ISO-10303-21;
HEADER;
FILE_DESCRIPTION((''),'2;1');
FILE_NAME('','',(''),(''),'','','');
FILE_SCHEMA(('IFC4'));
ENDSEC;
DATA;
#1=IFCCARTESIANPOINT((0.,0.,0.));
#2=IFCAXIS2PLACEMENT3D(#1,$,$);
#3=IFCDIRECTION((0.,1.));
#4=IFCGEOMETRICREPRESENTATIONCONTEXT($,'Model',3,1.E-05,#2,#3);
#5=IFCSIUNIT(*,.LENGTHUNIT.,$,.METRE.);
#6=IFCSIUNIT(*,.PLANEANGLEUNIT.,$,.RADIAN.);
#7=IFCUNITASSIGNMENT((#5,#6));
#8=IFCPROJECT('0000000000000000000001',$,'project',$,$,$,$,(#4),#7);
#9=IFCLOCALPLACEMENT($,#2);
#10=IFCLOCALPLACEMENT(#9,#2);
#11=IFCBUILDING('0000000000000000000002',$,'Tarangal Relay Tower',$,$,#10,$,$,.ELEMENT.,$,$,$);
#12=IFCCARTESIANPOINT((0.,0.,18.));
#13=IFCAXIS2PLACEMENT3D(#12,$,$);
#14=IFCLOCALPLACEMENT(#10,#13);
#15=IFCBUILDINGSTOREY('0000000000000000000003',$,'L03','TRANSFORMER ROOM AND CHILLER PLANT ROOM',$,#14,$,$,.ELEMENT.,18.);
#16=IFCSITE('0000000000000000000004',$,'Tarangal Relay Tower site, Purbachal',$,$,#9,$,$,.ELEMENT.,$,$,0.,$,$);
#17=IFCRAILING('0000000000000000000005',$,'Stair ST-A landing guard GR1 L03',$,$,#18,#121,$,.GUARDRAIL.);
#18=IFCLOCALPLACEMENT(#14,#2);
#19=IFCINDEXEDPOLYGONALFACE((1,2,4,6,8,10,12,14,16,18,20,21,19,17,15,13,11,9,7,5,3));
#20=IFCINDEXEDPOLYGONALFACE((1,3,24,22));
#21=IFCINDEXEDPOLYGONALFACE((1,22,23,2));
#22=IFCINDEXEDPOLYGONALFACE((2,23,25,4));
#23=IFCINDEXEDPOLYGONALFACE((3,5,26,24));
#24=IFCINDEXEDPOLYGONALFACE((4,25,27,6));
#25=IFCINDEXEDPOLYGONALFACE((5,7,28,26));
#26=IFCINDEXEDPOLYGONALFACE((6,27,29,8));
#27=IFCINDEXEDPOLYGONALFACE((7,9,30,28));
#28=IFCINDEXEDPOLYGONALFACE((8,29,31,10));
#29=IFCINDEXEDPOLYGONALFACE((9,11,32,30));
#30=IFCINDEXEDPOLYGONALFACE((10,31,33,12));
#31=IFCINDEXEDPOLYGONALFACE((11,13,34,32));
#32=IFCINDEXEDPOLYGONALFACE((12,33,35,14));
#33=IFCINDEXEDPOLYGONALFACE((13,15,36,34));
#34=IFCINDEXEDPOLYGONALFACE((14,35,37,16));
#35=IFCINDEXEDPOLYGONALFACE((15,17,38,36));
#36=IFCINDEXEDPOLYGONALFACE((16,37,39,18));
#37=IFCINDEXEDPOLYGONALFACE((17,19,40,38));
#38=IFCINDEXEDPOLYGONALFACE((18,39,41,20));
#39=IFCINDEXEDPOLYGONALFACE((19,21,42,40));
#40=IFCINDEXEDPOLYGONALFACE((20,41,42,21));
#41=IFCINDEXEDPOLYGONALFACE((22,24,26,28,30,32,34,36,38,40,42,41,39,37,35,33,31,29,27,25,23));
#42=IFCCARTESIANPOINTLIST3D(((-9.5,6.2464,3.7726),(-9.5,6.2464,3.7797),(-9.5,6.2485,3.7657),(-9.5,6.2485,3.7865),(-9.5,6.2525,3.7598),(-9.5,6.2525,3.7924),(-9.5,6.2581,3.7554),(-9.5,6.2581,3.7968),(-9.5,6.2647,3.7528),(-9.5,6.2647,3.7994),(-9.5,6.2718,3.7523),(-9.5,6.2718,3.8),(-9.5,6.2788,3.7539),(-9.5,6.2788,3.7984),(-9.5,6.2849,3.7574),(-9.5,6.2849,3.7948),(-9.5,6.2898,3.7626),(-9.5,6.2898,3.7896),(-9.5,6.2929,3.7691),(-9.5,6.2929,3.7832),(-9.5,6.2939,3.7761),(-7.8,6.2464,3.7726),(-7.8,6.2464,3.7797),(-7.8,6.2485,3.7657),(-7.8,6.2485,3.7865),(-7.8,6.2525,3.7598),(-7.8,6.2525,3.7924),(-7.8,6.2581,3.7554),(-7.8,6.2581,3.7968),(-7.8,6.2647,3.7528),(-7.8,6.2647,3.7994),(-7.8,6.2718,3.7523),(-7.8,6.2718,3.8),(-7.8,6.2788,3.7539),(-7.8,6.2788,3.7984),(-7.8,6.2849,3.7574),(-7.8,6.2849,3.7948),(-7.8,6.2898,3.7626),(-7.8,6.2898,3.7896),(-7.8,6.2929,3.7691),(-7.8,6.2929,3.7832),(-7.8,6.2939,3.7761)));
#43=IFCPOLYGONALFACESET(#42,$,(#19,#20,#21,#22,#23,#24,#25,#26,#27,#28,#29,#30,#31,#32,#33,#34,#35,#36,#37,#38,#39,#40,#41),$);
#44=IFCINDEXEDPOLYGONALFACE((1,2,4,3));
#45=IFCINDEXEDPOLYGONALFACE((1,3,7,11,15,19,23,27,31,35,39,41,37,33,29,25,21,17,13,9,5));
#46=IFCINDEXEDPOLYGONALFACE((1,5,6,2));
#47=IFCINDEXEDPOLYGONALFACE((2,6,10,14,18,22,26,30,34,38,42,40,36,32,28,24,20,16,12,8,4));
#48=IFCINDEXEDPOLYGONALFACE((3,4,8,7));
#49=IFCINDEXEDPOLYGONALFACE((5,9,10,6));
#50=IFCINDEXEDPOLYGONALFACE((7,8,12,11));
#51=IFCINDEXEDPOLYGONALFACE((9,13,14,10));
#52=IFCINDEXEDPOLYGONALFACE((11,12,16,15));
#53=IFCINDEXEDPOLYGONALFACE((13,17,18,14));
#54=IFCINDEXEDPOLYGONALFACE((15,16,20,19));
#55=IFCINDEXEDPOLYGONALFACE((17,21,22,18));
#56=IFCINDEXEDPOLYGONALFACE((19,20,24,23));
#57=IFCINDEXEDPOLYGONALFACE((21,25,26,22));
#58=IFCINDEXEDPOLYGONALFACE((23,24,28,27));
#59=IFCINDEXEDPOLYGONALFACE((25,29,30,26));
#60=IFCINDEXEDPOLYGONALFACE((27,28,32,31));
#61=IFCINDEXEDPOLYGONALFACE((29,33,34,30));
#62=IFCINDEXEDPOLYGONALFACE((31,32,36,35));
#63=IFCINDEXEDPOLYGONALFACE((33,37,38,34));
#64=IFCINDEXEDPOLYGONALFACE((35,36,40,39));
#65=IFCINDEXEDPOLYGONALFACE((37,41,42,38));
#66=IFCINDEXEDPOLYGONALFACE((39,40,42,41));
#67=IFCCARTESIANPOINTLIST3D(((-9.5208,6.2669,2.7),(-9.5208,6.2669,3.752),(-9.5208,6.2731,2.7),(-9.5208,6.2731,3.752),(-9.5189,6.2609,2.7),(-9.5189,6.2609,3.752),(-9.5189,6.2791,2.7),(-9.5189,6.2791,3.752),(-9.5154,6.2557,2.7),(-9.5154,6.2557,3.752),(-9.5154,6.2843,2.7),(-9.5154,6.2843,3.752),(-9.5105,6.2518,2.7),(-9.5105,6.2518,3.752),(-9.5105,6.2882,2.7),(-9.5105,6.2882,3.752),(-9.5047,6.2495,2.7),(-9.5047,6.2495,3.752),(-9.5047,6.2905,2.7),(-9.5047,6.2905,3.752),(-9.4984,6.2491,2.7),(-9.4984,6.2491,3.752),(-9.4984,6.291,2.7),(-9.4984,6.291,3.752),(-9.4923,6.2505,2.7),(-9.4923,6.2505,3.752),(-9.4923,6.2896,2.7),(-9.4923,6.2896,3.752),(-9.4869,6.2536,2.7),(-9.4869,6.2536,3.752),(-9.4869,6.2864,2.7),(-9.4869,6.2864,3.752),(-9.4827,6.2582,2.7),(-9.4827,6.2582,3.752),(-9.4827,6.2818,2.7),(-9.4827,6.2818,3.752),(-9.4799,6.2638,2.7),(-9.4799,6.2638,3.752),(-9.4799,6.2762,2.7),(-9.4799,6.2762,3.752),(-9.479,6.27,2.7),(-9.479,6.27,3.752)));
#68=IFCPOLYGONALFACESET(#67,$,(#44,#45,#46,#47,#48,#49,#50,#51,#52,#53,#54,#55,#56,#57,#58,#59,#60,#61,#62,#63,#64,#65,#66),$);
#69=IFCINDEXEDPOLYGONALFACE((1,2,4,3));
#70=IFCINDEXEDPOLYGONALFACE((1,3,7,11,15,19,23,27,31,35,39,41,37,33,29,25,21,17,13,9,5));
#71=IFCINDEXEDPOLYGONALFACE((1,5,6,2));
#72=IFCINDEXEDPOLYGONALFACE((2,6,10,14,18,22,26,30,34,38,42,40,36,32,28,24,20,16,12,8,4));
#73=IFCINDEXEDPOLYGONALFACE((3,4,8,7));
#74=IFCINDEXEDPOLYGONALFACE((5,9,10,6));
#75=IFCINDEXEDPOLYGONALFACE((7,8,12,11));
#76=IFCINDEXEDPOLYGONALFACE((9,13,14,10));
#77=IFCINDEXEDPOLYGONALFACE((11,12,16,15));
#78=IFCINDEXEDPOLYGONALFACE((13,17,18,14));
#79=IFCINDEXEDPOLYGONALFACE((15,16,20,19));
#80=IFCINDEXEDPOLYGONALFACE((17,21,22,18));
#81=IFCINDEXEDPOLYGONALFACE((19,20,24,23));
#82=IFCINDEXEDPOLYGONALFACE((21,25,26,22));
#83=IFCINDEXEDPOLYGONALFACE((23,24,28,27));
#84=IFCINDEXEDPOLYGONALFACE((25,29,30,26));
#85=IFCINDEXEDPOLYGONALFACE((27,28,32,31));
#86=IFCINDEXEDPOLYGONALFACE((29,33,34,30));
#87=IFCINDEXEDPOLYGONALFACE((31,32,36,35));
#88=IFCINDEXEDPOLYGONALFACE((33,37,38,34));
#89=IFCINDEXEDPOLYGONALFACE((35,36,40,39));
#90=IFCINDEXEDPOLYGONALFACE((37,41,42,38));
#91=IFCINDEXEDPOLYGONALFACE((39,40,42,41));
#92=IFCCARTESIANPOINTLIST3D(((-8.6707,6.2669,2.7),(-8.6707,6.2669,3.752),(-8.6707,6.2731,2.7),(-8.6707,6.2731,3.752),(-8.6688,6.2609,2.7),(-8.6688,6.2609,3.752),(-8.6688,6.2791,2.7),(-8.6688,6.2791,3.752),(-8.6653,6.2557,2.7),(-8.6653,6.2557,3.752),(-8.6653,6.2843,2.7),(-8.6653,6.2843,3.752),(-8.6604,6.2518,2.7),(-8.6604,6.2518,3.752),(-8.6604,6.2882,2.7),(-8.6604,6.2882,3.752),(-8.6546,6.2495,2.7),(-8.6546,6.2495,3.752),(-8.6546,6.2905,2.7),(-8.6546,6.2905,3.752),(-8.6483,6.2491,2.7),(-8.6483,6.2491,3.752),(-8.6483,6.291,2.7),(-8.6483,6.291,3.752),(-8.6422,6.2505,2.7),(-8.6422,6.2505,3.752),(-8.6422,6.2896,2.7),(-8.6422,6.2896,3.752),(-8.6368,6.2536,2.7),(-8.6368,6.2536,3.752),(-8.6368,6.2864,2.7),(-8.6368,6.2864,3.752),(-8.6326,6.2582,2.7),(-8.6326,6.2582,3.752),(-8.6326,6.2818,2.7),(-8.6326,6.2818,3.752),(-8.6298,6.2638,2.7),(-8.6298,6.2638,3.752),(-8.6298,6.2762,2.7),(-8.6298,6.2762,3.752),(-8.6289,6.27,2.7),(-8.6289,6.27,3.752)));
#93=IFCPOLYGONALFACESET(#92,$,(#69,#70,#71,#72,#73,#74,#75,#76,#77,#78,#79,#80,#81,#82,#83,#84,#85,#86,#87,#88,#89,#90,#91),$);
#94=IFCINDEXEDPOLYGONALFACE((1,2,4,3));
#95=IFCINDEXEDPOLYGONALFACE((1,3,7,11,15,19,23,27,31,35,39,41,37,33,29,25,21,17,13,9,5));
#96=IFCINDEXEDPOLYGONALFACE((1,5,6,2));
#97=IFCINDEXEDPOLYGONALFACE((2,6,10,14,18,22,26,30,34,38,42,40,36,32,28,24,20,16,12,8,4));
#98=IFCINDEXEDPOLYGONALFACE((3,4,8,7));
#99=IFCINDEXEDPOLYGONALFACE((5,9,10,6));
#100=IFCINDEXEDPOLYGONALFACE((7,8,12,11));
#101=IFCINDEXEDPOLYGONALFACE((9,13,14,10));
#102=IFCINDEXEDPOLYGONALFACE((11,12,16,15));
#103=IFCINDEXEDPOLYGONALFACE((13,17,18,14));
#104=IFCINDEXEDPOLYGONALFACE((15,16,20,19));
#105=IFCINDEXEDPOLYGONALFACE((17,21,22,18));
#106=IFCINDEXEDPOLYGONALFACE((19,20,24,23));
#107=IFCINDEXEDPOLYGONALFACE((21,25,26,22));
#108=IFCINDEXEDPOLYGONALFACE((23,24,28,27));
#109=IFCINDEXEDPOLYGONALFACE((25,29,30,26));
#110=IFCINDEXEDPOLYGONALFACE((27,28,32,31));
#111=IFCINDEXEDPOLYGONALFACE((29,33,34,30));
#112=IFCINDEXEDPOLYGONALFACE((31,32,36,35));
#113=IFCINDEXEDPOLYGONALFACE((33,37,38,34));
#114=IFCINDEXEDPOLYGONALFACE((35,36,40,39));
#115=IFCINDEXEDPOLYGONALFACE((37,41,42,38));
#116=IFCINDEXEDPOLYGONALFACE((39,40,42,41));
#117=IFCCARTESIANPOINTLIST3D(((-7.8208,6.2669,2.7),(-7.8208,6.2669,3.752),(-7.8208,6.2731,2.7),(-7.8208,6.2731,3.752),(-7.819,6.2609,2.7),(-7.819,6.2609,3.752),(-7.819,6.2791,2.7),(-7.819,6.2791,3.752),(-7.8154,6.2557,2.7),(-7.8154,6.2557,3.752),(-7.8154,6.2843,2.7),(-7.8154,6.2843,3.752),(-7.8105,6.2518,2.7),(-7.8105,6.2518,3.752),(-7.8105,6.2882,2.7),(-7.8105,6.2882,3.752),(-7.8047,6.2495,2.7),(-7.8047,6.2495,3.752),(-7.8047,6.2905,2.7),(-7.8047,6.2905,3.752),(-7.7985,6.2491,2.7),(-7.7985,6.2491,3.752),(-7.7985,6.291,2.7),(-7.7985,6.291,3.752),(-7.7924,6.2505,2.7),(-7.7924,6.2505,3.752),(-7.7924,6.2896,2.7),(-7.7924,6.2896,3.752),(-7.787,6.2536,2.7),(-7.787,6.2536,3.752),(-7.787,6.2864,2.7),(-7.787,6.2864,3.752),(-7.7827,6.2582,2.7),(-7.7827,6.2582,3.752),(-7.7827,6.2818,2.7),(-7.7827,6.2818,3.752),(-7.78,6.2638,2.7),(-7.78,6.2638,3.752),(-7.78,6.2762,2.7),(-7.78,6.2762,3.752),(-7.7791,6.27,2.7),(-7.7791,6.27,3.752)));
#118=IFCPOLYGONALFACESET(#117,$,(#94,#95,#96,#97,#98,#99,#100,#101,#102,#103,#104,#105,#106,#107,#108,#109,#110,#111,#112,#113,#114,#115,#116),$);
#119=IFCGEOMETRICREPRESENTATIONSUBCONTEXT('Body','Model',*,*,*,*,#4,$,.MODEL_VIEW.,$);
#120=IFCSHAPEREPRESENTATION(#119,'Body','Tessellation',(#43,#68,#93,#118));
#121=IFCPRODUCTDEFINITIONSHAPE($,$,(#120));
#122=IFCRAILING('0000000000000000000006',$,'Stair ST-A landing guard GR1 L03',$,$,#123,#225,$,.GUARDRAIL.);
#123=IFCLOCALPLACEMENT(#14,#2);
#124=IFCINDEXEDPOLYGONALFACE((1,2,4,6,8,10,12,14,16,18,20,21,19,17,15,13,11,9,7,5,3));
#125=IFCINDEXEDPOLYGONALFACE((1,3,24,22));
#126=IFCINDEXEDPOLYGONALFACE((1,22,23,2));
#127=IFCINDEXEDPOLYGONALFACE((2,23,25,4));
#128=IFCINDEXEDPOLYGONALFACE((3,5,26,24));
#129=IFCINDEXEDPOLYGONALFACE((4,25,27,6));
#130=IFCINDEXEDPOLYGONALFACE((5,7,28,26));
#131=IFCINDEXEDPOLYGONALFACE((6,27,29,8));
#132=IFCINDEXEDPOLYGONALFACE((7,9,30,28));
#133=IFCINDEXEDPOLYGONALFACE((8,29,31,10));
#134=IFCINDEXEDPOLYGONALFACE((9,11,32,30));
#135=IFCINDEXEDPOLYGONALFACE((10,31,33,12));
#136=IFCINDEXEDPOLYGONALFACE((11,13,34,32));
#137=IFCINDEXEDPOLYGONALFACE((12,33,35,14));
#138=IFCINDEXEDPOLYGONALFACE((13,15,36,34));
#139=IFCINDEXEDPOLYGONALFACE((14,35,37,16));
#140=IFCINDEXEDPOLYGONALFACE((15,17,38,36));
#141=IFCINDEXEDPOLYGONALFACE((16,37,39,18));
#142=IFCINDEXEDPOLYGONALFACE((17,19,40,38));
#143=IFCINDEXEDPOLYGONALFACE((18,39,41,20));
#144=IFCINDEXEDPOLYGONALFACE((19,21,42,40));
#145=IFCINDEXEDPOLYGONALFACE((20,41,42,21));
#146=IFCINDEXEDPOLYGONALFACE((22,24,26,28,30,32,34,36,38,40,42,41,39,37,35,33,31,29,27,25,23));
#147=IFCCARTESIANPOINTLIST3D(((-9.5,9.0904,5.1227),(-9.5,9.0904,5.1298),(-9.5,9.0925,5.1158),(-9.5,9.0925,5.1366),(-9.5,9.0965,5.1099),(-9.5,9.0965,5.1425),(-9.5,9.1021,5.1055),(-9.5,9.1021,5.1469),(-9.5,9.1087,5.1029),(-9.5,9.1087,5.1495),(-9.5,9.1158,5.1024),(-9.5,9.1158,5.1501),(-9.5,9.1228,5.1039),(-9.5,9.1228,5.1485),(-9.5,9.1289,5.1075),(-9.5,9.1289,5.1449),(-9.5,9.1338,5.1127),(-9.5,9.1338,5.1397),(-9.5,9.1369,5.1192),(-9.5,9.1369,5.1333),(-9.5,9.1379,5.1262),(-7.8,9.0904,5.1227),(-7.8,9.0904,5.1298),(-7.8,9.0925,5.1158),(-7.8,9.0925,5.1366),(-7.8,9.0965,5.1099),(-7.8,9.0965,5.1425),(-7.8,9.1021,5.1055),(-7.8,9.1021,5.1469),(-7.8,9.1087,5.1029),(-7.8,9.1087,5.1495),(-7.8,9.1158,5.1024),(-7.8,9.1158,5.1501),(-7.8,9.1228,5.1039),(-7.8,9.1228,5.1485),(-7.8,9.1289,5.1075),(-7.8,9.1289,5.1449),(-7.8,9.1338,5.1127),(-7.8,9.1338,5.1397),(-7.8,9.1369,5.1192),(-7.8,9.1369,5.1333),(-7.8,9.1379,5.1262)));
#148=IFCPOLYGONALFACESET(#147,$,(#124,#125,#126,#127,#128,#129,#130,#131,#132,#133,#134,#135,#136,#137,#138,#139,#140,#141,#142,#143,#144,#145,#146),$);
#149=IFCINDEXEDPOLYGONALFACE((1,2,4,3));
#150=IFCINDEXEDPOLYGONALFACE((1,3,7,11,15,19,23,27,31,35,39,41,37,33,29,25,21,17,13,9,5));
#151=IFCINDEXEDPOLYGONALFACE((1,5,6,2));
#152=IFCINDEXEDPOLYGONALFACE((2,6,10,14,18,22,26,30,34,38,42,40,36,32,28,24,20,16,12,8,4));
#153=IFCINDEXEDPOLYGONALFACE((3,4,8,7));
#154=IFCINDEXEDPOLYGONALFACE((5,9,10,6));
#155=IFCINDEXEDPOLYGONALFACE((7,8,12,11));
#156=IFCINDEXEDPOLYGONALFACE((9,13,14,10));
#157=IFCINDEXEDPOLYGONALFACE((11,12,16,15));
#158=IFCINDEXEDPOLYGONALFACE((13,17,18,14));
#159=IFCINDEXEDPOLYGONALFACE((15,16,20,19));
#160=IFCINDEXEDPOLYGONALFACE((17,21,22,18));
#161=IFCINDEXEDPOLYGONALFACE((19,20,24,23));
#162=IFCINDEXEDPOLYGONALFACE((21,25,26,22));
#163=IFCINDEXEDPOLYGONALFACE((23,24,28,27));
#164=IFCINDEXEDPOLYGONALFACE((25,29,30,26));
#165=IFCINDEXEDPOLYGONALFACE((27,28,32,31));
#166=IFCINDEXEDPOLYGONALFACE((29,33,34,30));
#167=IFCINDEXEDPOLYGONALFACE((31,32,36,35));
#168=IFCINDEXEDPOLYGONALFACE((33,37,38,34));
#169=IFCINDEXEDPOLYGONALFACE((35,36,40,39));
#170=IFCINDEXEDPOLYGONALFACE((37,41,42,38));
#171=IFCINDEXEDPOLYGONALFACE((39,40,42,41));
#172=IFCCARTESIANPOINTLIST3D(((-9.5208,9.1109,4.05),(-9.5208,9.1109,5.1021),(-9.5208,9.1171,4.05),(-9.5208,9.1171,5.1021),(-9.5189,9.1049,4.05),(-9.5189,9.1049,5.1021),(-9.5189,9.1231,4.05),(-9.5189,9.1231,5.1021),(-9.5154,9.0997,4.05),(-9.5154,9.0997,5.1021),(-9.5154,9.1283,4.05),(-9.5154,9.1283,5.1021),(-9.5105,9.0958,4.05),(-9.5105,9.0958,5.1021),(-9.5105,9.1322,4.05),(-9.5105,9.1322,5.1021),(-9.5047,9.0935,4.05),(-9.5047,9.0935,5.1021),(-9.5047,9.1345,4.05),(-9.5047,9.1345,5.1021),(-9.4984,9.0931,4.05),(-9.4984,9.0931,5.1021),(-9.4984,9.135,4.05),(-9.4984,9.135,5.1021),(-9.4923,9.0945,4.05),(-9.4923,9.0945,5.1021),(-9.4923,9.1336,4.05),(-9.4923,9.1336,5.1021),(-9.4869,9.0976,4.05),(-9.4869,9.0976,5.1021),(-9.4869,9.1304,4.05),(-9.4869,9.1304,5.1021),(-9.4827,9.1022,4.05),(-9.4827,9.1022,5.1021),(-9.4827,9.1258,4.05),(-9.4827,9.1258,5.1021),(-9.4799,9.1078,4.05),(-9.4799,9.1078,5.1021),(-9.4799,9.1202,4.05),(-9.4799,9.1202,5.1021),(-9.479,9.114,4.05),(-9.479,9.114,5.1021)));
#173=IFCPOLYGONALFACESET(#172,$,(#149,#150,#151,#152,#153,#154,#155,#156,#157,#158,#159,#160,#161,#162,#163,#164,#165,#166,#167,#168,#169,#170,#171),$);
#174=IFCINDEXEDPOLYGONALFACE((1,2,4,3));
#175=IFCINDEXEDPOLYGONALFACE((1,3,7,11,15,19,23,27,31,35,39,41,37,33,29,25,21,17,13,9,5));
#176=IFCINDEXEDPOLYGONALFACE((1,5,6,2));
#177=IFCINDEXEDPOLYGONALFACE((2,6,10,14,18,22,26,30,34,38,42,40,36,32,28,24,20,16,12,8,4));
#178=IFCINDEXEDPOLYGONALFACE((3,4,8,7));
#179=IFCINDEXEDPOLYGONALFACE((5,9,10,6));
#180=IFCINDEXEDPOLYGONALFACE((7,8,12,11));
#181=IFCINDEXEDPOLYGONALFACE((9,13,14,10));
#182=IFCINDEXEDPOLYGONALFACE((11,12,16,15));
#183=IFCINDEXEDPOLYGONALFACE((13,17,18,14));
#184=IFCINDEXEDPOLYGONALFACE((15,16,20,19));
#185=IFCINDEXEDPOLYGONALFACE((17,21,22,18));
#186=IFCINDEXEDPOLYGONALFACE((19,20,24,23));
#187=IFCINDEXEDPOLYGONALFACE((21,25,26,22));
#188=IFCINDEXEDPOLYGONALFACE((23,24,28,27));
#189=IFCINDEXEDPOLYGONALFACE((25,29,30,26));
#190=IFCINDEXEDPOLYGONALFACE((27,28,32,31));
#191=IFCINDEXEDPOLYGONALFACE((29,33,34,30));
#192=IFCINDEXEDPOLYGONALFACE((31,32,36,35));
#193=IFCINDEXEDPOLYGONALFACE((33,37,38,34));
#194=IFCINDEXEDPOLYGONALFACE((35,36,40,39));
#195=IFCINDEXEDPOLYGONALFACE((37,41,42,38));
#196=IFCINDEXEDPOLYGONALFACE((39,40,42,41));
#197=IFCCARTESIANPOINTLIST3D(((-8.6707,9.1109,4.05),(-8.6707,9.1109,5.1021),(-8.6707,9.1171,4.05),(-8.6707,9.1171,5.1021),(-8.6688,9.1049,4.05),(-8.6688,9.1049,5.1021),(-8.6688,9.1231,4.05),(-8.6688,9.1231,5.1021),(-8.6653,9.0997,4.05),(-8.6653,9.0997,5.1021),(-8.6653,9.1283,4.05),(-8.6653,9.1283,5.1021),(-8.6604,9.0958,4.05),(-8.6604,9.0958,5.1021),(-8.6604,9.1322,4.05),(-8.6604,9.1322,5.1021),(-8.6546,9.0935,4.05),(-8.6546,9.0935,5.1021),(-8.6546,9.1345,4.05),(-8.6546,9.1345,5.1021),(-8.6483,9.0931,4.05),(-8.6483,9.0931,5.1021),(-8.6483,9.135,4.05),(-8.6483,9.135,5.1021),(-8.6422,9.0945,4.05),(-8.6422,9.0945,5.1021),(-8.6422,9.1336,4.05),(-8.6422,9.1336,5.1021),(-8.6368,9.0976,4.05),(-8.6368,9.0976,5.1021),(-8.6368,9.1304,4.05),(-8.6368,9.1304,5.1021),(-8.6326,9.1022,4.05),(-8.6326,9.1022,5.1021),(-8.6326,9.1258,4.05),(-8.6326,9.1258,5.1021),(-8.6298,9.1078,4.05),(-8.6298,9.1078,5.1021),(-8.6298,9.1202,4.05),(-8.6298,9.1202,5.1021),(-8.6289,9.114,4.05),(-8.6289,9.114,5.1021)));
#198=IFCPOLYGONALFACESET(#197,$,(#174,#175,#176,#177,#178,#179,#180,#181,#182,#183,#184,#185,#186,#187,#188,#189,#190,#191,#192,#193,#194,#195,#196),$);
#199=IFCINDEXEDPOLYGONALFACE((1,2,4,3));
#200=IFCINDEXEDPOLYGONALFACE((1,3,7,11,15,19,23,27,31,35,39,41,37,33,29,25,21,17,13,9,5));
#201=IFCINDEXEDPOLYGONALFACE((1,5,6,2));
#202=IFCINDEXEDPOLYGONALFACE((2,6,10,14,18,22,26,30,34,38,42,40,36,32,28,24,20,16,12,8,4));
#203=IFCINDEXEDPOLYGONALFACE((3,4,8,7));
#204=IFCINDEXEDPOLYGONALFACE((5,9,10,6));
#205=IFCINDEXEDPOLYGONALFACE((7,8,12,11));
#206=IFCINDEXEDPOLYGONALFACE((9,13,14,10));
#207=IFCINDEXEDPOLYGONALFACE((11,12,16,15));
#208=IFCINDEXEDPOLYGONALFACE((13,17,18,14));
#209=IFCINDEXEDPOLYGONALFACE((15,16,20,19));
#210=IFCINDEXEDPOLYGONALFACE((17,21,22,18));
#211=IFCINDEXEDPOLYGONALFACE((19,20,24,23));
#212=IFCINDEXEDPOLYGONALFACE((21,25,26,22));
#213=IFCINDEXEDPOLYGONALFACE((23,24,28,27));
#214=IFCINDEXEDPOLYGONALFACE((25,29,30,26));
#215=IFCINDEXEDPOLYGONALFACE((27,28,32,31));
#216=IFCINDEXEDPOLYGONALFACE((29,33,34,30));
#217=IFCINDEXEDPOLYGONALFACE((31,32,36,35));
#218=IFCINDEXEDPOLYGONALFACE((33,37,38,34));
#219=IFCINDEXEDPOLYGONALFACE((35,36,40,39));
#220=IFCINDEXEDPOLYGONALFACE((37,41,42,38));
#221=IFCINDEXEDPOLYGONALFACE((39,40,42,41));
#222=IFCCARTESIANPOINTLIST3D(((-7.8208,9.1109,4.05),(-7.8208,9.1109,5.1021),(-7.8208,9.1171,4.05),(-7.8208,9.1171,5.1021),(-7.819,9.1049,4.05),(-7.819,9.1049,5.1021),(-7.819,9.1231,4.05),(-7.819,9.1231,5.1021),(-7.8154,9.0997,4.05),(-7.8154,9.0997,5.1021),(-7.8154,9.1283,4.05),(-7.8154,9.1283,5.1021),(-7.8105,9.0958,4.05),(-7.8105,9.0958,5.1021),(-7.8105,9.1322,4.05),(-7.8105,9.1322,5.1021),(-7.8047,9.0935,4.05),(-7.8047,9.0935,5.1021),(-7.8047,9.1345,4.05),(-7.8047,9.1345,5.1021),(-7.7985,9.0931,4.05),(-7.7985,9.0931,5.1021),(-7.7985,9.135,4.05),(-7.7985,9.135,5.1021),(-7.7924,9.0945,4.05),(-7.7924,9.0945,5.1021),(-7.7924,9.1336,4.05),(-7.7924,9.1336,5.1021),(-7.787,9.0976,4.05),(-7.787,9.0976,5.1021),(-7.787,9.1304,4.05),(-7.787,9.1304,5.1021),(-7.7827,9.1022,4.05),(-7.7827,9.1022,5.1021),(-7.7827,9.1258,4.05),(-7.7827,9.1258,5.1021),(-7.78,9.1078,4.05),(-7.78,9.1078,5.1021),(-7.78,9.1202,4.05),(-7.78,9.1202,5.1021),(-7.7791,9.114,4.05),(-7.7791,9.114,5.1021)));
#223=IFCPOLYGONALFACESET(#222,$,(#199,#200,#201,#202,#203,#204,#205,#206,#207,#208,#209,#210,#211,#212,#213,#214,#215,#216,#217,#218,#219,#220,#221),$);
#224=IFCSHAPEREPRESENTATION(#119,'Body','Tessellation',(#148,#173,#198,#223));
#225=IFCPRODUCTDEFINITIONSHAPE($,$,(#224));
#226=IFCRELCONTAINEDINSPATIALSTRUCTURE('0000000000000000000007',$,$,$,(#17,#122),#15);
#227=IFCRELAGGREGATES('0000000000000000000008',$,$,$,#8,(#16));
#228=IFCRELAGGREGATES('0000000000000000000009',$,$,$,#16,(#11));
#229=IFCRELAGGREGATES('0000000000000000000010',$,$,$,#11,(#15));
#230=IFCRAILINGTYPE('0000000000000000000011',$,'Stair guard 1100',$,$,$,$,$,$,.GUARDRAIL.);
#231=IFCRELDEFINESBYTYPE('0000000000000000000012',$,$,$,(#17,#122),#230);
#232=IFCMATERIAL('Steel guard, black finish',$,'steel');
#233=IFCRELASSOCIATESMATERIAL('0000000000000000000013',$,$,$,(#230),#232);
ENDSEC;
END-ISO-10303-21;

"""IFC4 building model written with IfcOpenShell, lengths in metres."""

from ifc_helpers import new_model, si_unit, direction, frame, origin, origin_2d, place, context, subcontext, project, spatial, circle, extrude, material, type_object, element, save


model = new_model("IFC4")

# Units and contexts
model_context = context("Model", 3, precision=1e-05, world=origin(), true_north=direction((0.0, 1.0)))
body_context = subcontext(model_context, "Body", "Model", "MODEL_VIEW")
ifc_project = project(units=[si_unit("LENGTHUNIT", "METRE"), si_unit("PLANEANGLEUNIT", "RADIAN")], contexts=[model_context])

# Site, building, storey
site_placement = place(None, origin())
site = spatial("IfcSite", under=ifc_project, at=site_placement, Name="Tarangal Relay Tower site, Purbachal", CompositionType="ELEMENT", RefElevation=0.0)
building_placement = place(site_placement, origin())
building = spatial("IfcBuilding", under=site, at=building_placement, Name="Tarangal Relay Tower", CompositionType="ELEMENT")
storey_placement = place(building_placement, frame((0.0, 0.0, 18.0)))
storey = spatial("IfcBuildingStorey", under=building, at=storey_placement, Name="L03", Description="TRANSFORMER ROOM AND CHILLER PLANT ROOM", CompositionType="ELEMENT", Elevation=18.0)

# Railings
ifc_material_1 = material(Name="Steel guard, black finish", Category="steel")
railing_type_1 = type_object("IfcRailingType", Name="Stair guard 1100", PredefinedType="GUARDRAIL", material=ifc_material_1)
for number, where, name in (
    (1, (-9.5, 6.27, 2.7), "Stair ST-A landing guard GR1 L03"),
    (2, (-9.5, 9.114, 4.05), "Stair ST-A landing guard GR1 L03"),
):
    element("IfcRailing", number, at=place(storey_placement, frame(where)), inside=storey, type_object=railing_type_1, Name=name, PredefinedType="GUARDRAIL", context=body_context, shape_type="SweptSolid", body=[
        extrude(circle(Radius=0.0239, at=origin_2d()), frame((0.0, 0.0, 1.0762), z_axis=(1.0, 0.0, 0.0), x_axis=(0.0, 1.0, 0.0)), (0.0, 0.0, 1.0), 1.7),
        extrude(circle(Radius=0.021, at=origin_2d()), origin(), (0.0, 0.0, 1.0), 1.052),
        extrude(circle(Radius=0.021, at=origin_2d()), frame((0.8501, 0.0, 0.0)), (0.0, 0.0, 1.0), 1.052),
        extrude(circle(Radius=0.021, at=origin_2d()), frame((1.7, 0.0, 0.0)), (0.0, 0.0, 1.0), 1.052),
    ])

save(model, "model.ifc")
